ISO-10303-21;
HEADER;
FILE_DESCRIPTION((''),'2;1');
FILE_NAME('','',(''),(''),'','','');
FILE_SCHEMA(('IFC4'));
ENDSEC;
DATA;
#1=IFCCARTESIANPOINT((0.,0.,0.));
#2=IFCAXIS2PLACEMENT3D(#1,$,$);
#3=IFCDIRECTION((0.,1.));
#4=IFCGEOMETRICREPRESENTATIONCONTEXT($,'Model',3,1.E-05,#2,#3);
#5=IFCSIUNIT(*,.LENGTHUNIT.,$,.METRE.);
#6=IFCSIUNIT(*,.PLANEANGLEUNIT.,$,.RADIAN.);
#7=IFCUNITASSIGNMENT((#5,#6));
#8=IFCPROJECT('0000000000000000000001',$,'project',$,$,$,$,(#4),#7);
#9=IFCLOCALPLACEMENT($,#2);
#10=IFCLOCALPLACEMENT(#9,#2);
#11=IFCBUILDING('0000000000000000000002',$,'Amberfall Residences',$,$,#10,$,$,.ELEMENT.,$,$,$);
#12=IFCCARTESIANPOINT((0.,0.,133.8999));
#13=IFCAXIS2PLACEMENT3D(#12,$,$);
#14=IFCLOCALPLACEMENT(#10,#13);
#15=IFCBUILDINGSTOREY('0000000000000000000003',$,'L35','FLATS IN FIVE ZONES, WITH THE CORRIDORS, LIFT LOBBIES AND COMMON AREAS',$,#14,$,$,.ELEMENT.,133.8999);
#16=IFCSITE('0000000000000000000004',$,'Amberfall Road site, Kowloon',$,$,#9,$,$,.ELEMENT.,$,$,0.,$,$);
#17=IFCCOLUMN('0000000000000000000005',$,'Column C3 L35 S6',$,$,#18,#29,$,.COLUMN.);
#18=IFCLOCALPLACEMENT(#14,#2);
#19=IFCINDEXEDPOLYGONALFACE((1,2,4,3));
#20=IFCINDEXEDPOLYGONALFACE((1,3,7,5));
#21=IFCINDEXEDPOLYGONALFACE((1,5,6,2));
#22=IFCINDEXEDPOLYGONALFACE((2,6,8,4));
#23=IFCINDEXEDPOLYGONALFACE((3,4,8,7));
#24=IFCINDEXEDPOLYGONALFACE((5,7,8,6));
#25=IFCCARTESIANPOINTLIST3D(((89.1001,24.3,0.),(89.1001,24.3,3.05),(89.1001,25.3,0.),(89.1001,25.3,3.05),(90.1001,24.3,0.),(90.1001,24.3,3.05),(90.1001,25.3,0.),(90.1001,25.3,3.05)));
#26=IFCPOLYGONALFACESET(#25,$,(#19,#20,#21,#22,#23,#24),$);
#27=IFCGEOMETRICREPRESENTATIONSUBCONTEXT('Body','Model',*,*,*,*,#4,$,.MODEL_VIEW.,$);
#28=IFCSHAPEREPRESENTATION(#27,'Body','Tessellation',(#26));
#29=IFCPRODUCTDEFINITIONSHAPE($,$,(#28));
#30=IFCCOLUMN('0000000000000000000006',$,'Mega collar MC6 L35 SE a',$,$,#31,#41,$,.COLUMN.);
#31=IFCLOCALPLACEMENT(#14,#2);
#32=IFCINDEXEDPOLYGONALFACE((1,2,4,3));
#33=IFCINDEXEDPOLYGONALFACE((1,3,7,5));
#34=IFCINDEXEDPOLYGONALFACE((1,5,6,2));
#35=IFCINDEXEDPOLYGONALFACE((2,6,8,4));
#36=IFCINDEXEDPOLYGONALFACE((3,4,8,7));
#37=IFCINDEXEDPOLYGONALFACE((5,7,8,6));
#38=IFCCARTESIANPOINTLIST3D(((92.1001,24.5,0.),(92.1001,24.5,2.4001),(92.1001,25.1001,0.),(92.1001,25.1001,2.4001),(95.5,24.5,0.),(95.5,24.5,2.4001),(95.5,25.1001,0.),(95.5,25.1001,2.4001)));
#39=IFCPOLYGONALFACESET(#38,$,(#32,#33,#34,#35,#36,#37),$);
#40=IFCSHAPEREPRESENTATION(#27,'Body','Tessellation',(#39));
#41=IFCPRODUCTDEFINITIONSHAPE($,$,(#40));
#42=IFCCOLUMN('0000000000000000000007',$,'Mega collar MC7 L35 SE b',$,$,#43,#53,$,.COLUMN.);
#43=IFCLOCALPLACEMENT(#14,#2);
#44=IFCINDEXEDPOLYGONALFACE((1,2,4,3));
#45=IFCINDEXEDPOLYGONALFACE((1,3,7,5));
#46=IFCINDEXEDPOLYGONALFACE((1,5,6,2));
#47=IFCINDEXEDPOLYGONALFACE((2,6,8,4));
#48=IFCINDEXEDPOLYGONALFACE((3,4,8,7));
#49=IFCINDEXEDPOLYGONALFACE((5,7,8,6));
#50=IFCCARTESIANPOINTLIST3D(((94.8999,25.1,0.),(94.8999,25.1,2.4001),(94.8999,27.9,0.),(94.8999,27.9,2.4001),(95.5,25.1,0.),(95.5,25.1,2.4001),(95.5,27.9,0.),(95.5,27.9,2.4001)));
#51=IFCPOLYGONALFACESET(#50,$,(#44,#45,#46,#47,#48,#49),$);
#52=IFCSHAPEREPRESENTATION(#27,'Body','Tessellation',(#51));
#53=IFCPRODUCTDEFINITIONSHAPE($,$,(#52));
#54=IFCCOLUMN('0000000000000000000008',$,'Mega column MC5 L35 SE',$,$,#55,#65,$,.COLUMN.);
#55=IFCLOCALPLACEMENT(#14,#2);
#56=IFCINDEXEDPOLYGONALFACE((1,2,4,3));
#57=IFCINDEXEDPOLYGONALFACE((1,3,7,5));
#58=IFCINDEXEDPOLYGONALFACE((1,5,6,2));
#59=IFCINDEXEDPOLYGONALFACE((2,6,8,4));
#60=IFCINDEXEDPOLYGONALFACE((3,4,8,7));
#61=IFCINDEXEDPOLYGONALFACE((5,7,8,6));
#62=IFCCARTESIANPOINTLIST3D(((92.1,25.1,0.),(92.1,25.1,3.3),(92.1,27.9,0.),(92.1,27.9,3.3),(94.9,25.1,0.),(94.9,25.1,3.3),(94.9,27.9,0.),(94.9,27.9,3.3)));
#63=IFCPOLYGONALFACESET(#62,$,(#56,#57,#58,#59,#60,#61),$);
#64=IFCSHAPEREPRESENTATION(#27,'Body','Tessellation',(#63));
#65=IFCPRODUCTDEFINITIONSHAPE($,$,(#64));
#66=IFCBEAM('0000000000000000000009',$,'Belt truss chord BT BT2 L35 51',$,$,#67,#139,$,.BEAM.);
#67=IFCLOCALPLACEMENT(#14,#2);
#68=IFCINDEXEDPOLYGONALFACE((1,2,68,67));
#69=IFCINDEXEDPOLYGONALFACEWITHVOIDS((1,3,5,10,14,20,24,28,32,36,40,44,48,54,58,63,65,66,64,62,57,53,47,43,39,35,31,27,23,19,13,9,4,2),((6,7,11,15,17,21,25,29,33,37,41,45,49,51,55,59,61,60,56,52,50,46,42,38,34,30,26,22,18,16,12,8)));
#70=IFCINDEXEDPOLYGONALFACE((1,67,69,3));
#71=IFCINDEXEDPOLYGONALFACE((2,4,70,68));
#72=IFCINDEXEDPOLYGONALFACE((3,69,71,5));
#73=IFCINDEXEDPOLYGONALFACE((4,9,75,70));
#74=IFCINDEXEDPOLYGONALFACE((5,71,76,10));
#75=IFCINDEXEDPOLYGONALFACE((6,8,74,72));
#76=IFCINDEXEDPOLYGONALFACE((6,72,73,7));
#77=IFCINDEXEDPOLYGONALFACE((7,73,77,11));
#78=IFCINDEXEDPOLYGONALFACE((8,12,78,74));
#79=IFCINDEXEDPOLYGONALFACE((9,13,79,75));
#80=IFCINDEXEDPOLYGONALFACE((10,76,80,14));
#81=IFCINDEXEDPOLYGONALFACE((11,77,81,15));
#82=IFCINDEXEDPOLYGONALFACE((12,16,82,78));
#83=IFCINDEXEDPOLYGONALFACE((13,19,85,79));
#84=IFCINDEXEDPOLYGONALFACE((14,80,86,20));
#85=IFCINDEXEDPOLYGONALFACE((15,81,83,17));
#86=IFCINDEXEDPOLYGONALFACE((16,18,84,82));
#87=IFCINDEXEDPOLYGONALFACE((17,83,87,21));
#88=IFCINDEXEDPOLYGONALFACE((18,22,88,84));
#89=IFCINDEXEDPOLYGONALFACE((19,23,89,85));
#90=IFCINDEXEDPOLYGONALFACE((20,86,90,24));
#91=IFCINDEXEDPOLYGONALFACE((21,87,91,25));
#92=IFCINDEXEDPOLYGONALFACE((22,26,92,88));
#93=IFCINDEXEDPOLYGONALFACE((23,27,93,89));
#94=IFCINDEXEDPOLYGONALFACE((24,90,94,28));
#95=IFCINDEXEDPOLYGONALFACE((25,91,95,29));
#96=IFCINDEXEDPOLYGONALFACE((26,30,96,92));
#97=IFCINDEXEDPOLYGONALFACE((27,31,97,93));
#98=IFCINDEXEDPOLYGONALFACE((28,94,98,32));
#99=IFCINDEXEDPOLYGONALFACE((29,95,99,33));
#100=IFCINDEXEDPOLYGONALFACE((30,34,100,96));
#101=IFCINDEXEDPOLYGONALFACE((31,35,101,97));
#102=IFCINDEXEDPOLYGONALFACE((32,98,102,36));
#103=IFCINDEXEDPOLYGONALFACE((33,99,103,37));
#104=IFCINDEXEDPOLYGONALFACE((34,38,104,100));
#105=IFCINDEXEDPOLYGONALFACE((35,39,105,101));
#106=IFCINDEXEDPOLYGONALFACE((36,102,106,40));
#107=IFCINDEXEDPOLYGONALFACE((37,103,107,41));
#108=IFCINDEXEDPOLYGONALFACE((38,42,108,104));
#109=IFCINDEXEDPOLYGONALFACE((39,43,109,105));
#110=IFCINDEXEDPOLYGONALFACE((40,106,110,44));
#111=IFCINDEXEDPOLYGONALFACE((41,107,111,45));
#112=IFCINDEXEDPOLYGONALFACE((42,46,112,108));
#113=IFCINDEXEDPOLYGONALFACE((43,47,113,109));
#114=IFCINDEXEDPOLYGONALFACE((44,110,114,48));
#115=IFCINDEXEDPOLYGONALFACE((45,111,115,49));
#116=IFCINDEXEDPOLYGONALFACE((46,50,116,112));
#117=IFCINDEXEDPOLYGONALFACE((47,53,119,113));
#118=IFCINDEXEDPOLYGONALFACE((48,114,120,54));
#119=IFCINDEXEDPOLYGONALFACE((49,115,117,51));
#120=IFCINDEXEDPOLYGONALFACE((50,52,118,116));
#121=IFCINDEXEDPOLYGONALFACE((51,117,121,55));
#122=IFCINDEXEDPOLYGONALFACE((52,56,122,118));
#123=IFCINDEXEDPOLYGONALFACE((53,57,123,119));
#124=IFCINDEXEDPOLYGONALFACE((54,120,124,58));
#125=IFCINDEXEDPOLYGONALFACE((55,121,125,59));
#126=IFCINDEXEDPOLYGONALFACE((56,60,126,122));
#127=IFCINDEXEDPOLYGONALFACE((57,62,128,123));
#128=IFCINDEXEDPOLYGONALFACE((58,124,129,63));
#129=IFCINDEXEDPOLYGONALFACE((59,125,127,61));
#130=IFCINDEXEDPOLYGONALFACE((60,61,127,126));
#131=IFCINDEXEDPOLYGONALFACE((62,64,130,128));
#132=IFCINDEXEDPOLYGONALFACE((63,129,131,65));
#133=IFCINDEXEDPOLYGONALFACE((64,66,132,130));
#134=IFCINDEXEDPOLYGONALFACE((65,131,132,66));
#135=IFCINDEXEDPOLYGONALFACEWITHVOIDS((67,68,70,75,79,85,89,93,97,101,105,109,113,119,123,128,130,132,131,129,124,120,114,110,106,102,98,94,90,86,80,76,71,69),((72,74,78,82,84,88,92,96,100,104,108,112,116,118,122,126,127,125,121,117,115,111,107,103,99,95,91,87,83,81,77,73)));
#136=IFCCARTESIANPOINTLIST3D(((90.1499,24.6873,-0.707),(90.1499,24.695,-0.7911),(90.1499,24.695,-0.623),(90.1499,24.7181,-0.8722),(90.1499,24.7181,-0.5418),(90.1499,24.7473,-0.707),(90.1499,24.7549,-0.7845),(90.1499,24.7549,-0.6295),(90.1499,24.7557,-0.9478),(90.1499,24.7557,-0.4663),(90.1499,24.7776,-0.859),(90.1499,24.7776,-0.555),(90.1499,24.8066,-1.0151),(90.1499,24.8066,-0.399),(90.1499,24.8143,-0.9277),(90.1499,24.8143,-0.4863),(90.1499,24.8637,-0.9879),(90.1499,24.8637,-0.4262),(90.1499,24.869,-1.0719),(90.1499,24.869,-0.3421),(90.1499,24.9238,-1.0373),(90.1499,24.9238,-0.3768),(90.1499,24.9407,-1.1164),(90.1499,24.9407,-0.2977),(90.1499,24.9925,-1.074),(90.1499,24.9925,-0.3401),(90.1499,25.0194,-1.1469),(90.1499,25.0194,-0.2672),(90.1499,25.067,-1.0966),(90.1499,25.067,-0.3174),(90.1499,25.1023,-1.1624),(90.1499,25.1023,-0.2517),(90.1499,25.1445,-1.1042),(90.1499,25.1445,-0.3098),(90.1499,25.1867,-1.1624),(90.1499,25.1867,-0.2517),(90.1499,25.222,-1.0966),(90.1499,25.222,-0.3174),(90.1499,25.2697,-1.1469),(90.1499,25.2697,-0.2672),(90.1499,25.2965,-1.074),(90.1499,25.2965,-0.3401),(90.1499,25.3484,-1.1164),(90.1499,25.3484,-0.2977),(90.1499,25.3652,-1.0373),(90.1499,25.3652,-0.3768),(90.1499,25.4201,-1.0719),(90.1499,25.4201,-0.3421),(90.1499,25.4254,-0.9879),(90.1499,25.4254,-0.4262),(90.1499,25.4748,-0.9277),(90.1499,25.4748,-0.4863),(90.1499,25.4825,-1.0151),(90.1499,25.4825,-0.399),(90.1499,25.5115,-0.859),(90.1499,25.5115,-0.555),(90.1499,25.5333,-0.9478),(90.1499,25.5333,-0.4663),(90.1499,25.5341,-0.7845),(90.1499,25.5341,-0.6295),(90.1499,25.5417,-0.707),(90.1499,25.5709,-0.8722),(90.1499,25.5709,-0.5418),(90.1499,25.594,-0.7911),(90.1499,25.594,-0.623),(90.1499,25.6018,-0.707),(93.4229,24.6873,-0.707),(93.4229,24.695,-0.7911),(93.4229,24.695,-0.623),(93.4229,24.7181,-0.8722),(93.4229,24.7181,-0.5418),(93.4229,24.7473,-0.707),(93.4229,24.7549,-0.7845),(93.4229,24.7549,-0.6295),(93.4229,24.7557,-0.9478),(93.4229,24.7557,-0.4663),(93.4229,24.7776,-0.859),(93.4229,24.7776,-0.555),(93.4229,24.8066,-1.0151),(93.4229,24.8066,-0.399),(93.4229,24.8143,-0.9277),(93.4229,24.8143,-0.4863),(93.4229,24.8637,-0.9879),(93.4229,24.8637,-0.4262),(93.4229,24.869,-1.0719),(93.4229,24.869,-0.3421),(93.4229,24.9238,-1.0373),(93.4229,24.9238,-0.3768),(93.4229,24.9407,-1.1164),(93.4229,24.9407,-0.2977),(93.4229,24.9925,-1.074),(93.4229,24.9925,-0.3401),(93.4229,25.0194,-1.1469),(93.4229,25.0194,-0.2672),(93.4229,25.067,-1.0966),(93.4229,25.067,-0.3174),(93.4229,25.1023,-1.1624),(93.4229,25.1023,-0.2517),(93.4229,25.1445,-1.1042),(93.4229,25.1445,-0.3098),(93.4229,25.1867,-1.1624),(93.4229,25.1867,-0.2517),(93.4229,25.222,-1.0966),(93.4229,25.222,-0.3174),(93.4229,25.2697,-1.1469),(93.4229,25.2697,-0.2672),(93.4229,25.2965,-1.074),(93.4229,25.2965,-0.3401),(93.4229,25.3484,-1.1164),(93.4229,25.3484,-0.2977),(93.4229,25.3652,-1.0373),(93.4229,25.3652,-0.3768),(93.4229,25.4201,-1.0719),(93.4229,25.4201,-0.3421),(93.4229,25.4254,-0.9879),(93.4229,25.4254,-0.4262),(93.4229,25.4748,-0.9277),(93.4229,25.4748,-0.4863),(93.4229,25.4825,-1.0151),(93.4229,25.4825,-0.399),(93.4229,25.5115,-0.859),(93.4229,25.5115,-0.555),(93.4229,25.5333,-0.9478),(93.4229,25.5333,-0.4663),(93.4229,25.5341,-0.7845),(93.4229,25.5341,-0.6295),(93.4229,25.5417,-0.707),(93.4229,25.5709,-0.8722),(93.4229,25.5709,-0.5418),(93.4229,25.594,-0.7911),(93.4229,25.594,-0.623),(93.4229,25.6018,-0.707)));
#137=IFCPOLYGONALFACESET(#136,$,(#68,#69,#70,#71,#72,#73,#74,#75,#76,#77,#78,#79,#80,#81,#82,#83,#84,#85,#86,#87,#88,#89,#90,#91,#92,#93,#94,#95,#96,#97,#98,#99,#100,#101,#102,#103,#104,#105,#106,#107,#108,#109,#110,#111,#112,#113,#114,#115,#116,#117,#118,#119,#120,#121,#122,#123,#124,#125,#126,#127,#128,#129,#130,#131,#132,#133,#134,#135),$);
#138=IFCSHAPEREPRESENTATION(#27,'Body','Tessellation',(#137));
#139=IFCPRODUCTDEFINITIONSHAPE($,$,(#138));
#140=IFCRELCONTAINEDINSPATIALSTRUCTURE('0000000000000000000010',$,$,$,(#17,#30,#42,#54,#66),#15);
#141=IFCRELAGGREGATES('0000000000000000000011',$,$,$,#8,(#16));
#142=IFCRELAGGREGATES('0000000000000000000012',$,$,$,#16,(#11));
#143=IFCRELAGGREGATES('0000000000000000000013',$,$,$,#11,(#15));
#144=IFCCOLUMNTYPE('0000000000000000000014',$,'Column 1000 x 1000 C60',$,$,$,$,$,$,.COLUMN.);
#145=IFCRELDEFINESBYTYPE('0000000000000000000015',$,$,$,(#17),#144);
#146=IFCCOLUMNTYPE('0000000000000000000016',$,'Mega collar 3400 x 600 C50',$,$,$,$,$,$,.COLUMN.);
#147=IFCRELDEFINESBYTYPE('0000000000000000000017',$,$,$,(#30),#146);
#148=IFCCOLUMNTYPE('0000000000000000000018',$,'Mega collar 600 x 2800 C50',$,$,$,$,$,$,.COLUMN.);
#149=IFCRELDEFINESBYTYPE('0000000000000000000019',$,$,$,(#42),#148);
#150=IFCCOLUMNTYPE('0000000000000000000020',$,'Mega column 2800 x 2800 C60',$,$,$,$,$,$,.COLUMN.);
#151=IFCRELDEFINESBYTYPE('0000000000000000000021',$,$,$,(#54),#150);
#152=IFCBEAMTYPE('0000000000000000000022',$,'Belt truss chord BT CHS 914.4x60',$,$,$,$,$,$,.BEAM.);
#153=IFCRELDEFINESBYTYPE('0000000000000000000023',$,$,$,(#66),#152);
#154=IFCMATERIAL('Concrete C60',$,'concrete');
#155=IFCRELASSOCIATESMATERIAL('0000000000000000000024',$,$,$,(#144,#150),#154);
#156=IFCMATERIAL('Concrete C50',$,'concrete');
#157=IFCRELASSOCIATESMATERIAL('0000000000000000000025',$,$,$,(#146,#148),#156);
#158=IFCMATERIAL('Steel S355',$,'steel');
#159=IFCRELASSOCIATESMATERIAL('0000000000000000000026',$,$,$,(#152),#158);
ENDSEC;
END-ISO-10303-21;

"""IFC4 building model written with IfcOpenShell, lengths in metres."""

from ifc_helpers import new_model, si_unit, direction, frame, origin, origin_2d, place, context, subcontext, project, spatial, rectangle, hollow_circle, extrude, material, material_profile, profile_set, type_object, element, save


model = new_model("IFC4")

# Units and contexts
model_context = context("Model", 3, precision=1e-05, world=origin(), true_north=direction((0.0, 1.0)))
body_context = subcontext(model_context, "Body", "Model", "MODEL_VIEW")
ifc_project = project(units=[si_unit("LENGTHUNIT", "METRE"), si_unit("PLANEANGLEUNIT", "RADIAN")], contexts=[model_context])

# Site, building, storey
site_placement = place(None, origin())
site = spatial("IfcSite", under=ifc_project, at=site_placement, Name="Amberfall Road site, Kowloon", CompositionType="ELEMENT", RefElevation=0.0)
building_placement = place(site_placement, origin())
building = spatial("IfcBuilding", under=site, at=building_placement, Name="Amberfall Residences", CompositionType="ELEMENT")
storey_placement = place(building_placement, frame((0.0, 0.0, 133.8999)))
storey = spatial("IfcBuildingStorey", under=building, at=storey_placement, Name="L35", Description="FLATS IN FIVE ZONES, WITH THE CORRIDORS, LIFT LOBBIES AND COMMON AREAS", CompositionType="ELEMENT", Elevation=133.8999)

# Columns
ifc_material_1 = material(Name="Concrete C60", Category="concrete")
ifc_material_profile_1 = material_profile(ifc_material_1, rectangle(XDim=1.0, YDim=1.0, at=origin_2d()), Name="Column 1000 x 1000 C60")
ifc_profile_set_1 = profile_set([ifc_material_profile_1], Name="Concrete C60")
column_type_1 = type_object("IfcColumnType", Name="Column 1000 x 1000 C60", PredefinedType="COLUMN", material=ifc_profile_set_1)
column_1_placement = place(storey_placement, frame((89.6001, 24.8, 0.0), z_axis=(0.0, 0.0, 1.0), x_axis=(1.0, 0.0, 0.0)))
element("IfcColumn", 1, at=column_1_placement, inside=storey, type_object=column_type_1, Name="Column C3 L35 S6", PredefinedType="COLUMN", context=body_context, shape_type="SweptSolid", body=[
    extrude(rectangle(XDim=1.0, YDim=1.0, at=origin_2d()), origin(), (0.0, 0.0, 1.0), 3.05),
])
ifc_material_2 = material(Name="Concrete C50", Category="concrete")
ifc_material_profile_2 = material_profile(ifc_material_2, rectangle(XDim=3.3999, YDim=0.6001, at=origin_2d()), Name="Mega collar 3400 x 600 C50")
ifc_profile_set_2 = profile_set([ifc_material_profile_2], Name="Concrete C50")
column_type_2 = type_object("IfcColumnType", Name="Mega collar 3400 x 600 C50", PredefinedType="COLUMN", material=ifc_profile_set_2)
column_2_placement = place(storey_placement, frame((93.8, 24.8, 0.0), z_axis=(0.0, 0.0, 1.0), x_axis=(1.0, 0.0, 0.0)))
element("IfcColumn", 2, at=column_2_placement, inside=storey, type_object=column_type_2, Name="Mega collar MC6 L35 SE a", PredefinedType="COLUMN", context=body_context, shape_type="SweptSolid", body=[
    extrude(rectangle(XDim=3.3999, YDim=0.6001, at=origin_2d()), origin(), (0.0, 0.0, 1.0), 2.4001),
])
ifc_material_profile_3 = material_profile(ifc_material_2, rectangle(XDim=0.6001, YDim=2.8, at=origin_2d()), Name="Mega collar 600 x 2800 C50")
ifc_profile_set_3 = profile_set([ifc_material_profile_3], Name="Concrete C50")
column_type_3 = type_object("IfcColumnType", Name="Mega collar 600 x 2800 C50", PredefinedType="COLUMN", material=ifc_profile_set_3)
column_3_placement = place(storey_placement, frame((95.2, 26.5, 0.0), z_axis=(0.0, 0.0, 1.0), x_axis=(1.0, 0.0, 0.0)))
element("IfcColumn", 3, at=column_3_placement, inside=storey, type_object=column_type_3, Name="Mega collar MC7 L35 SE b", PredefinedType="COLUMN", context=body_context, shape_type="SweptSolid", body=[
    extrude(rectangle(XDim=0.6001, YDim=2.8, at=origin_2d()), origin(), (0.0, 0.0, 1.0), 2.4001),
])
ifc_material_profile_4 = material_profile(ifc_material_1, rectangle(XDim=2.8, YDim=2.8, at=origin_2d()), Name="Mega column 2800 x 2800 C60")
ifc_profile_set_4 = profile_set([ifc_material_profile_4], Name="Concrete C60")
column_type_4 = type_object("IfcColumnType", Name="Mega column 2800 x 2800 C60", PredefinedType="COLUMN", material=ifc_profile_set_4)
column_4_placement = place(storey_placement, frame((93.5, 26.5, 0.0), z_axis=(0.0, 0.0, 1.0), x_axis=(1.0, 0.0, 0.0)))
element("IfcColumn", 4, at=column_4_placement, inside=storey, type_object=column_type_4, Name="Mega column MC5 L35 SE", PredefinedType="COLUMN", context=body_context, shape_type="SweptSolid", body=[
    extrude(rectangle(XDim=2.8, YDim=2.8, at=origin_2d()), origin(), (0.0, 0.0, 1.0), 3.3),
])

# Beam
ifc_material_3 = material(Name="Steel S355", Category="steel")
ifc_material_profile_5 = material_profile(ifc_material_3, hollow_circle(Radius=0.4573, WallThickness=0.0601, at=origin_2d()), Name="CHS 914.4x60")
ifc_profile_set_5 = profile_set([ifc_material_profile_5], Name="Steel S355")
beam_type_1 = type_object("IfcBeamType", Name="Belt truss chord BT CHS 914.4x60", PredefinedType="BEAM", material=ifc_profile_set_5)
beam_1_placement = place(storey_placement, frame((93.4229, 25.1445, -0.707), z_axis=(-1.0, 0.0, 0.0), x_axis=(0.0, -1.0, 0.0)))
element("IfcBeam", 5, at=beam_1_placement, inside=storey, type_object=beam_type_1, Name="Belt truss chord BT BT2 L35 51", PredefinedType="BEAM", context=body_context, shape_type="SweptSolid", body=[
    extrude(hollow_circle(Radius=0.4573, WallThickness=0.0601, at=origin_2d()), origin(), (0.0, 0.0, 1.0), 3.2729),
])

save(model, "model.ifc")
